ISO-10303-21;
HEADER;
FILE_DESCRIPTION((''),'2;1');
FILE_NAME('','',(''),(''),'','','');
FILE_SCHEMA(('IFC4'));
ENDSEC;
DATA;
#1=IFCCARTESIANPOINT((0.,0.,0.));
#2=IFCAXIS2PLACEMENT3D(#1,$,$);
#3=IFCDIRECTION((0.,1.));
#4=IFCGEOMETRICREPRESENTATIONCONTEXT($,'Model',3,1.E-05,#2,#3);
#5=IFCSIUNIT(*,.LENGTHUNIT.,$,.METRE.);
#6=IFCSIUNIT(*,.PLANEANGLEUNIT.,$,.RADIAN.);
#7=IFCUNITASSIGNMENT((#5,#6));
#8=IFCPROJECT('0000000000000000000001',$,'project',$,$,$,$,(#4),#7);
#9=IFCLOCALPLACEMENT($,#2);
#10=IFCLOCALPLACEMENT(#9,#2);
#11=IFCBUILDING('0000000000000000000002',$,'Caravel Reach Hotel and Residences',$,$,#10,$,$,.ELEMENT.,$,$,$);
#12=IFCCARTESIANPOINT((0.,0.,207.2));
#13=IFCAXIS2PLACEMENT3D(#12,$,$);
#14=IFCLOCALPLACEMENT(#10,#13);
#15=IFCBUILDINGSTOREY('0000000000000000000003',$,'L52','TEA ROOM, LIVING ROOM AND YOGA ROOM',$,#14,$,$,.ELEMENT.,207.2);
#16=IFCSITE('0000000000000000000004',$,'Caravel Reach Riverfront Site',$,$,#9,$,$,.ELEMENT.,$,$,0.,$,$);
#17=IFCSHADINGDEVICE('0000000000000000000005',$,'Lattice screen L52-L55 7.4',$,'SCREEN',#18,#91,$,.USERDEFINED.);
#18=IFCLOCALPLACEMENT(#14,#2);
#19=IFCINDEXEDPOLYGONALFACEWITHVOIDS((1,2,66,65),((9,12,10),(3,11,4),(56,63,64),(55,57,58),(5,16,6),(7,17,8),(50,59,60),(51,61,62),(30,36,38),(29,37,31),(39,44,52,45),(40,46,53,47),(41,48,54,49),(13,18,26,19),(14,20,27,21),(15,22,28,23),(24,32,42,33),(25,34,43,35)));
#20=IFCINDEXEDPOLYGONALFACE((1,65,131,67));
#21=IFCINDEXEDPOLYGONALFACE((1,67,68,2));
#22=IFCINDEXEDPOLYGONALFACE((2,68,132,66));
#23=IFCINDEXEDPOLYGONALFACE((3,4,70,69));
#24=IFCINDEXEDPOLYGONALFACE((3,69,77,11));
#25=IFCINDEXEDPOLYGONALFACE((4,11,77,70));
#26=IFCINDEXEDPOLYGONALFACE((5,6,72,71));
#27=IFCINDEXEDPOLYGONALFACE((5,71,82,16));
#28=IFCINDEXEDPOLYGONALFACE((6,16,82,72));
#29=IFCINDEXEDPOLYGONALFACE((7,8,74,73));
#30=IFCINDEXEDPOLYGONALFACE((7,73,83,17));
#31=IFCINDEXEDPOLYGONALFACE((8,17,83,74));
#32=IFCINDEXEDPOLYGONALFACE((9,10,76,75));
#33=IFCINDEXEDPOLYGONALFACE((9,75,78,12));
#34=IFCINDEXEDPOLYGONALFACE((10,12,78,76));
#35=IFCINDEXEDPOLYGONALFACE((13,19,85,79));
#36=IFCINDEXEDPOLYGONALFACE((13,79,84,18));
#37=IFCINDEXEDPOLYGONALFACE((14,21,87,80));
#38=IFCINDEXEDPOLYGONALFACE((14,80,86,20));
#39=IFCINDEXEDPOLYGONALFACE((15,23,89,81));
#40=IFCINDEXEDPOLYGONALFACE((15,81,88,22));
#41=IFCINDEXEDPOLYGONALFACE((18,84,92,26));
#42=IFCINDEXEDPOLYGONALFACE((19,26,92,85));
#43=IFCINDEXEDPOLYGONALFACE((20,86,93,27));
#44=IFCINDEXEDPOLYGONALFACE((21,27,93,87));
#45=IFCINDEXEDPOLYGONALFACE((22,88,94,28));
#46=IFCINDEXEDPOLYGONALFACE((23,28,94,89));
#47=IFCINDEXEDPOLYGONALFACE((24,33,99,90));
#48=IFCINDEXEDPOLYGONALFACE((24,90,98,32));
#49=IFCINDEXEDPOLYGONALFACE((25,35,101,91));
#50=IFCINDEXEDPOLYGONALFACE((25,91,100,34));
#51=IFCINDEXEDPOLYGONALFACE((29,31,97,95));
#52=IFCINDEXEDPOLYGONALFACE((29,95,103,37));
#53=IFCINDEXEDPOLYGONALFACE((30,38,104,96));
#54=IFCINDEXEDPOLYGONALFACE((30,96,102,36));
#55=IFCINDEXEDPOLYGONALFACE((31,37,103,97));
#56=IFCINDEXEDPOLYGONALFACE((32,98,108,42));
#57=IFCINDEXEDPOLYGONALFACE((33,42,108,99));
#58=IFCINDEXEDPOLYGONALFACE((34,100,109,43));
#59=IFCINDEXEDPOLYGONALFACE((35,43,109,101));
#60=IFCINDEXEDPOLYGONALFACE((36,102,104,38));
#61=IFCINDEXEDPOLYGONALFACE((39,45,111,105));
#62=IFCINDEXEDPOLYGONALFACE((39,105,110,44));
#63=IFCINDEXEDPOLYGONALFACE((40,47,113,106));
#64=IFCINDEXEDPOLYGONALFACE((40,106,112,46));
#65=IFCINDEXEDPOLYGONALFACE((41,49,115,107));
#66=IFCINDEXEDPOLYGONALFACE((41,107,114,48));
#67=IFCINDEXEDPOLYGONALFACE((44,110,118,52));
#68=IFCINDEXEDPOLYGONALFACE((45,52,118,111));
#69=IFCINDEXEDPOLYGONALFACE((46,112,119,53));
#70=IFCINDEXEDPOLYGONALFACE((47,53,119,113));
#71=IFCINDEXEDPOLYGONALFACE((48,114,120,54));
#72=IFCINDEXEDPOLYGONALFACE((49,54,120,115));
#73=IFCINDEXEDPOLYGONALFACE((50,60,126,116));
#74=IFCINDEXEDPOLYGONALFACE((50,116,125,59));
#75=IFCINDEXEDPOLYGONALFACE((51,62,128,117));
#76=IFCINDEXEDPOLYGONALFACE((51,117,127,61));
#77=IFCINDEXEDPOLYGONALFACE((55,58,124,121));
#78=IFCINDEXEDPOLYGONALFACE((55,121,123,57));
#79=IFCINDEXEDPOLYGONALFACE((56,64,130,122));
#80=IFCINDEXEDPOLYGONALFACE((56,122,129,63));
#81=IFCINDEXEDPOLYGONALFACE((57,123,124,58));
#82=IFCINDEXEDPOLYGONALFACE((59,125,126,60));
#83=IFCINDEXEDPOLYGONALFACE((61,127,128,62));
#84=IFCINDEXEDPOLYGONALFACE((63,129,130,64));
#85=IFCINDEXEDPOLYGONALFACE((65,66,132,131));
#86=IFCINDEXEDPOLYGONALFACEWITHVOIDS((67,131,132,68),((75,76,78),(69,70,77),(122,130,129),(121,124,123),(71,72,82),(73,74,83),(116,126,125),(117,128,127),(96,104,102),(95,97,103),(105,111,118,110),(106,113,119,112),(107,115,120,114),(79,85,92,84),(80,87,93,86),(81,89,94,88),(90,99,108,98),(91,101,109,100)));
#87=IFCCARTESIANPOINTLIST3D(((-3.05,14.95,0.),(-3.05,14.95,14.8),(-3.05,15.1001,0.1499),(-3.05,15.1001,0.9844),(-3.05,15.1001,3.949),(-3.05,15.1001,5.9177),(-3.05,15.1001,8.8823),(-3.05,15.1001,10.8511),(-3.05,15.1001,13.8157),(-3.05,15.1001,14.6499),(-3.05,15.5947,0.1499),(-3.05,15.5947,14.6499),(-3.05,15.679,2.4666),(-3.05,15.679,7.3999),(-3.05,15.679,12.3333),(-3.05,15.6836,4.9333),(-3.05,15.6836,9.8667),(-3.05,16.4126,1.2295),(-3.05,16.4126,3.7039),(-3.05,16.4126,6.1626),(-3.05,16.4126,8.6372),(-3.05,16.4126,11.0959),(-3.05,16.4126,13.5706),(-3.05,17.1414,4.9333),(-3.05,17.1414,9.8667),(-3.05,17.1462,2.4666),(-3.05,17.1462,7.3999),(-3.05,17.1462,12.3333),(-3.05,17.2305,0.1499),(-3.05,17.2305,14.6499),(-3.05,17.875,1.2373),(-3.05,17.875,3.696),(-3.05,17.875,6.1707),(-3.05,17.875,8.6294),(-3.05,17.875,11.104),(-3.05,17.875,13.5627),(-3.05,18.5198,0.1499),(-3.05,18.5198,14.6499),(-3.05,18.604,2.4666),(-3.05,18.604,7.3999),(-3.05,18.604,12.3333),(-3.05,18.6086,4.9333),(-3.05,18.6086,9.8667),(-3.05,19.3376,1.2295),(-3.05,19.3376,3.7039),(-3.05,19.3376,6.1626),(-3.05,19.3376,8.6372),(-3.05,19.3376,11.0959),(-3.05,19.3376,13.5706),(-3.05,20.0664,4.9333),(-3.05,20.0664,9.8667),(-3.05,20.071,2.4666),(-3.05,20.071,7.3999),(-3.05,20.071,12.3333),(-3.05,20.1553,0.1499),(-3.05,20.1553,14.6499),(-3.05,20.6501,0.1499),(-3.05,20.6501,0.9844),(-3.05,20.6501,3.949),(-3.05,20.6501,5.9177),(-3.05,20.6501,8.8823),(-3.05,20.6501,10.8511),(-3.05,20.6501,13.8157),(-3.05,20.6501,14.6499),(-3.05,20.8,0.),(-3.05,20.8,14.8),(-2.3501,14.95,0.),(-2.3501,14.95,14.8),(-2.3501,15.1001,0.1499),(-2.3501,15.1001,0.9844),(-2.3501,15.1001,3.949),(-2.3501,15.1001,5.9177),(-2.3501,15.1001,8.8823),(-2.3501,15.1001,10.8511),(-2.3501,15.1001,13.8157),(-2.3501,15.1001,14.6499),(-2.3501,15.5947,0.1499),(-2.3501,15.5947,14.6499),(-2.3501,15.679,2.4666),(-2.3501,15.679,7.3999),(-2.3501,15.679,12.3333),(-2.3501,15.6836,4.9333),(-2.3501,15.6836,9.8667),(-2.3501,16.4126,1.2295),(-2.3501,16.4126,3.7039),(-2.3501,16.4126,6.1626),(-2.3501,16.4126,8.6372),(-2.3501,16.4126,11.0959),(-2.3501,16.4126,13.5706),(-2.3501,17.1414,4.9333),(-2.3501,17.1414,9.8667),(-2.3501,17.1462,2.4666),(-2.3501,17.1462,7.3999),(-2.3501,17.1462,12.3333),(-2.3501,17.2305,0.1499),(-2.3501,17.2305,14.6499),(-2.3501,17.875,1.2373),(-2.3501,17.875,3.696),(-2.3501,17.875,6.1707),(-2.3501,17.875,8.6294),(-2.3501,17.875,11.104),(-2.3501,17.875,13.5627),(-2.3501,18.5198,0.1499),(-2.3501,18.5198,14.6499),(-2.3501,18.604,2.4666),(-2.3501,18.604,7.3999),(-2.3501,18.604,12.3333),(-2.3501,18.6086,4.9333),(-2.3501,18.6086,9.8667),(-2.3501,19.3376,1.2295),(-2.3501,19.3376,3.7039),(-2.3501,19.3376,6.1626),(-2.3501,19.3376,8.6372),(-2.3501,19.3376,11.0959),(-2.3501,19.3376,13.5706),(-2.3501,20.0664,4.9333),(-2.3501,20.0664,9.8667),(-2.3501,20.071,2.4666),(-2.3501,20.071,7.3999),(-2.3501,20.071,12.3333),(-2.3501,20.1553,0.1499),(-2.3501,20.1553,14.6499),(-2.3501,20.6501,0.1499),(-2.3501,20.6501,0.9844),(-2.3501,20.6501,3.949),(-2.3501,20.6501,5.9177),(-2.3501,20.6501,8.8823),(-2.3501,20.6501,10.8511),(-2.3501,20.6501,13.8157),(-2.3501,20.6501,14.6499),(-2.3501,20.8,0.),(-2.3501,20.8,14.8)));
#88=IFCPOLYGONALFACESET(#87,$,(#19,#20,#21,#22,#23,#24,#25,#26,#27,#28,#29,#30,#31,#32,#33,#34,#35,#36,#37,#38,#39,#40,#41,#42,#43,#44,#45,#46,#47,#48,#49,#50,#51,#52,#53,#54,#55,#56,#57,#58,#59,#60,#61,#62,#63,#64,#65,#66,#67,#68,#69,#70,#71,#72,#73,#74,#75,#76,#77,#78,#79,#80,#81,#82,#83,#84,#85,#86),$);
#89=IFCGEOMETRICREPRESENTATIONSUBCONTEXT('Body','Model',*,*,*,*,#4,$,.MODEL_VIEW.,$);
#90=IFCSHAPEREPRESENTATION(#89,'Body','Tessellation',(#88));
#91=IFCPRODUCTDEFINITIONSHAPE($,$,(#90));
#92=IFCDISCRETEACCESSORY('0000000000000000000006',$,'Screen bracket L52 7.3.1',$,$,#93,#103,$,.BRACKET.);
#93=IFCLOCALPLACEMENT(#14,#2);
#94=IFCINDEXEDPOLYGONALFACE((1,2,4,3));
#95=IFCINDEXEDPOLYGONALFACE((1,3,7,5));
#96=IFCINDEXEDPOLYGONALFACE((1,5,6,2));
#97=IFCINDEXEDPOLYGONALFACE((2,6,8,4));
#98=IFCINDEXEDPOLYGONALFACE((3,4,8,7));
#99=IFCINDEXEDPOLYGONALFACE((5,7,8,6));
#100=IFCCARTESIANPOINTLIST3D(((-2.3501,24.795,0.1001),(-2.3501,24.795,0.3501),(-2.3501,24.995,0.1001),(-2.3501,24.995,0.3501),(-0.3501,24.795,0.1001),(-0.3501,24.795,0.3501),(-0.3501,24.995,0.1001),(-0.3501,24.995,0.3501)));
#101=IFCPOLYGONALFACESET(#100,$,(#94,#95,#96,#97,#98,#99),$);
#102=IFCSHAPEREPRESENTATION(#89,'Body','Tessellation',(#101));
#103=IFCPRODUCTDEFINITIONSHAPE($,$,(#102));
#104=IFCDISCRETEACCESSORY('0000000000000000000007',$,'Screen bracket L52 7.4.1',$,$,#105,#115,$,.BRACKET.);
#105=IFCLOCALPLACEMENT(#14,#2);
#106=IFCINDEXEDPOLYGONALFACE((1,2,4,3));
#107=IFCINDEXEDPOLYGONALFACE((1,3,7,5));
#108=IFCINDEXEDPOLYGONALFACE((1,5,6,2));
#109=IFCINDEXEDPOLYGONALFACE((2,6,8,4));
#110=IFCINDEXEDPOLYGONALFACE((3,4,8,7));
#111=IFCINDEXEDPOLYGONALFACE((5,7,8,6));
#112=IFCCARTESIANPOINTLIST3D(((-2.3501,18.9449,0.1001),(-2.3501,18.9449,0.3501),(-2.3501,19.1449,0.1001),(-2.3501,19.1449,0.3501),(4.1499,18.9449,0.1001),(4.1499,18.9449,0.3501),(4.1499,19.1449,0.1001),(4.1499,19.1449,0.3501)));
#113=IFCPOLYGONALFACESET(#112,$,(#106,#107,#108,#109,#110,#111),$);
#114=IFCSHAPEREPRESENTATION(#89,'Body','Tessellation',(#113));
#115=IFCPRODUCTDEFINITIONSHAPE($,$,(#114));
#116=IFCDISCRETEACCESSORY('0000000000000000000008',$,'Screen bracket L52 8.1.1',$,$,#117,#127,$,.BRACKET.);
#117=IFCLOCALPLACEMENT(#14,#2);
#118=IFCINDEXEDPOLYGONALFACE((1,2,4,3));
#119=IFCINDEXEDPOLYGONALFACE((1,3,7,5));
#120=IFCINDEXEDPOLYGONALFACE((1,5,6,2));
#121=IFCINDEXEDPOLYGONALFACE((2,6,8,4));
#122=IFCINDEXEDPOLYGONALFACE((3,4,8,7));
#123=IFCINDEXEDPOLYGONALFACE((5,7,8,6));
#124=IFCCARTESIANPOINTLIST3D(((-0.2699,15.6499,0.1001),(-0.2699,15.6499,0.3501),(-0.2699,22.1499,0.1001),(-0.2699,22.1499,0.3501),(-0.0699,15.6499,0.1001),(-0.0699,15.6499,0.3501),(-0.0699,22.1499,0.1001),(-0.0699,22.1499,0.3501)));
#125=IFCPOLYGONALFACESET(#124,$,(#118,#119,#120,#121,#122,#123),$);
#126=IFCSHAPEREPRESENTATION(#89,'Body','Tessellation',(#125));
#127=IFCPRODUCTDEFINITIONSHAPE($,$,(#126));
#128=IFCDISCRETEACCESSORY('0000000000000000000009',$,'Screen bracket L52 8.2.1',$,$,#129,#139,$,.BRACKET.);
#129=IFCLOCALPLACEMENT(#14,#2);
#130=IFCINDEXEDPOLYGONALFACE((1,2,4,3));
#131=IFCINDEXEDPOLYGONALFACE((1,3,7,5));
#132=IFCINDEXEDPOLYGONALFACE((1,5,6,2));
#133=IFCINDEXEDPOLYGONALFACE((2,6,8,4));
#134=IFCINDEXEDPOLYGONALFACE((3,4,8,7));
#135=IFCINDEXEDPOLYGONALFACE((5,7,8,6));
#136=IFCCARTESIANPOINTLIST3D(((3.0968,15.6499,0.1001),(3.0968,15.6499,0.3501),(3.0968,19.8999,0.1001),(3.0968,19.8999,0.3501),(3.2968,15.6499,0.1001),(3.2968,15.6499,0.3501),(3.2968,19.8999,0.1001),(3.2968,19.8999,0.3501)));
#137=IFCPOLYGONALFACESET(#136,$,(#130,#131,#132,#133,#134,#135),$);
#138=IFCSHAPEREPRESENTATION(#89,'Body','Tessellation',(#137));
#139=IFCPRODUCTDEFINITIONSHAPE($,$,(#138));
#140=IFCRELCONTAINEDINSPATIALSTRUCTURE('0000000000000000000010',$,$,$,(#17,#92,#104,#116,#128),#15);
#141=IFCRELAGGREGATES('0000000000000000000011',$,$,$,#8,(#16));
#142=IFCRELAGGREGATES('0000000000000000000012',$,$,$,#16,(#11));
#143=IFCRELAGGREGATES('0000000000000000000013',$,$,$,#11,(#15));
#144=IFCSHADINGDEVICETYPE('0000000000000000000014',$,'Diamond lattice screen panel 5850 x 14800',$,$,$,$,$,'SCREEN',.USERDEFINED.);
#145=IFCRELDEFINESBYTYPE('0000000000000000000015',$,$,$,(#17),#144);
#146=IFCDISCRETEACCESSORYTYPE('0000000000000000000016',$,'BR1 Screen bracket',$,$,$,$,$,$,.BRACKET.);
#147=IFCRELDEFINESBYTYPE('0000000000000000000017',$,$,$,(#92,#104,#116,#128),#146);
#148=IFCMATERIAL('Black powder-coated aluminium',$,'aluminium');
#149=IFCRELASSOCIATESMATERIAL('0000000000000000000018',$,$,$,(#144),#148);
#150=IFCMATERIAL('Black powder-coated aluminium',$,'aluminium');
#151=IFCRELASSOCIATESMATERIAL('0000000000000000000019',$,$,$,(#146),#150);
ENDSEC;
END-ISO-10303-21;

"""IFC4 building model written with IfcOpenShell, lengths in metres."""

from ifc_helpers import new_model, si_unit, direction, frame, origin, origin_2d, place, context, subcontext, project, spatial, polyline, rectangle, outline, extrude, material, type_object, element, save


model = new_model("IFC4")

# Units and contexts
model_context = context("Model", 3, precision=1e-05, world=origin(), true_north=direction((0.0, 1.0)))
body_context = subcontext(model_context, "Body", "Model", "MODEL_VIEW")
ifc_project = project(units=[si_unit("LENGTHUNIT", "METRE"), si_unit("PLANEANGLEUNIT", "RADIAN")], contexts=[model_context])

# Site, building, storey
site_placement = place(None, origin())
site = spatial("IfcSite", under=ifc_project, at=site_placement, Name="Caravel Reach Riverfront Site", CompositionType="ELEMENT", RefElevation=0.0)
building_placement = place(site_placement, origin())
building = spatial("IfcBuilding", under=site, at=building_placement, Name="Caravel Reach Hotel and Residences", CompositionType="ELEMENT")
storey_placement = place(building_placement, frame((0.0, 0.0, 207.2)))
storey = spatial("IfcBuildingStorey", under=building, at=storey_placement, Name="L52", Description="TEA ROOM, LIVING ROOM AND YOGA ROOM", CompositionType="ELEMENT", Elevation=207.2)

# Shading device
ifc_material_1 = material(Name="Black powder-coated aluminium", Category="aluminium")
shading_device_type_1 = type_object("IfcShadingDeviceType", Name="Diamond lattice screen panel 5850 x 14800", ElementType="SCREEN", PredefinedType="USERDEFINED", material=ifc_material_1)
shading_device_1_placement = place(storey_placement, frame((-2.3501, 20.8, 0.0), z_axis=(-1.0, 0.0, 0.0), x_axis=(0.0, -1.0, 0.0)))
element("IfcShadingDevice", 1, at=shading_device_1_placement, inside=storey, type_object=shading_device_type_1, Name="Lattice screen L52-L55 7.4", ObjectType="SCREEN", PredefinedType="USERDEFINED", context=body_context, shape_type="SweptSolid", body=[
    extrude(outline(polyline([(0.0, 0.0), (5.8501, 0.0), (5.8501, 14.8), (0.0, 14.8), (0.0, 0.0)]), holes=[polyline([(0.6448, 0.1499), (0.1499, 0.9844), (0.1499, 0.1499), (0.6448, 0.1499)]), polyline([(0.7336, 4.9333), (0.1499, 5.9177), (0.1499, 3.949), (0.7336, 4.9333)]), polyline([(0.7336, 9.8667), (0.1499, 10.8511), (0.1499, 8.8823), (0.7336, 9.8667)]), polyline([(0.1499, 13.8157), (0.6448, 14.6499), (0.1499, 14.6499), (0.1499, 13.8157)]), polyline([(1.4624, 3.7039), (0.729, 2.4666), (1.4624, 1.2295), (2.196, 2.4666), (1.4624, 3.7039)]), polyline([(1.4624, 8.6372), (0.729, 7.3999), (1.4624, 6.1626), (2.196, 7.3999), (1.4624, 8.6372)]), polyline([(1.4624, 13.5706), (0.729, 12.3333), (1.4624, 11.0959), (2.196, 12.3333), (1.4624, 13.5706)]), polyline([(2.925, 1.2373), (2.2803, 0.1499), (3.5696, 0.1499), (2.925, 1.2373)]), polyline([(2.925, 6.1707), (2.1914, 4.9333), (2.925, 3.696), (3.6587, 4.9333), (2.925, 6.1707)]), polyline([(2.925, 11.104), (2.1914, 9.8667), (2.925, 8.6294), (3.6587, 9.8667), (2.925, 11.104)]), polyline([(2.925, 13.5627), (3.5696, 14.6499), (2.2803, 14.6499), (2.925, 13.5627)]), polyline([(4.3875, 3.7039), (3.6538, 2.4666), (4.3875, 1.2295), (5.1211, 2.4666), (4.3875, 3.7039)]), polyline([(4.3875, 8.6372), (3.6538, 7.3999), (4.3875, 6.1626), (5.1211, 7.3999), (4.3875, 8.6372)]), polyline([(4.3875, 13.5706), (3.6538, 12.3333), (4.3875, 11.0959), (5.1211, 12.3333), (4.3875, 13.5706)]), polyline([(5.7, 0.9844), (5.2053, 0.1499), (5.7, 0.1499), (5.7, 0.9844)]), polyline([(5.1165, 4.9333), (5.7, 3.949), (5.7, 5.9177), (5.1165, 4.9333)]), polyline([(5.1165, 9.8667), (5.7, 8.8823), (5.7, 10.8511), (5.1165, 9.8667)]), polyline([(5.2053, 14.6499), (5.7, 13.8157), (5.7, 14.6499), (5.2053, 14.6499)])]), origin(), (0.0, 0.0, 1.0), 0.7),
])

# Discrete accessories
ifc_material_2 = material(Name="Black powder-coated aluminium", Category="aluminium")
discrete_accessory_type = type_object("IfcDiscreteAccessoryType", Name="BR1 Screen bracket", PredefinedType="BRACKET", material=ifc_material_2)
discrete_accessory_1_placement = place(storey_placement, frame((-1.3501, 24.895, 0.1001), z_axis=(0.0, 0.0, 1.0), x_axis=(-1.0, 0.0, 0.0)))
element("IfcDiscreteAccessory", 2, at=discrete_accessory_1_placement, inside=storey, type_object=discrete_accessory_type, Name="Screen bracket L52 7.3.1", PredefinedType="BRACKET", context=body_context, shape_type="SweptSolid", body=[
    extrude(rectangle(XDim=2.0, YDim=0.2, at=origin_2d()), origin(), (0.0, 0.0, 1.0), 0.25),
])
for number, where, z_axis, x_axis, name in (
    (3, (0.8999, 19.0449, 0.1001), (0.0, 0.0, 1.0), (-1.0, 0.0, 0.0), "Screen bracket L52 7.4.1"),
    (4, (-0.1699, 18.8999, 0.1001), (0.0, 0.0, 1.0), (0.0, -1.0, 0.0), "Screen bracket L52 8.1.1"),
):
    element("IfcDiscreteAccessory", number, at=place(storey_placement, frame(where, z_axis=z_axis, x_axis=x_axis)), inside=storey, type_object=discrete_accessory_type, Name=name, PredefinedType="BRACKET", context=body_context, shape_type="SweptSolid", body=[
        extrude(rectangle(XDim=6.5, YDim=0.2, at=origin_2d()), origin(), (0.0, 0.0, 1.0), 0.25),
    ])
discrete_accessory_2_placement = place(storey_placement, frame((3.1968, 17.7749, 0.1001), z_axis=(0.0, 0.0, 1.0), x_axis=(0.0, -1.0, 0.0)))
element("IfcDiscreteAccessory", 5, at=discrete_accessory_2_placement, inside=storey, type_object=discrete_accessory_type, Name="Screen bracket L52 8.2.1", PredefinedType="BRACKET", context=body_context, shape_type="SweptSolid", body=[
    extrude(rectangle(XDim=4.25, YDim=0.2, at=origin_2d()), origin(), (0.0, 0.0, 1.0), 0.25),
])

save(model, "model.ifc")
